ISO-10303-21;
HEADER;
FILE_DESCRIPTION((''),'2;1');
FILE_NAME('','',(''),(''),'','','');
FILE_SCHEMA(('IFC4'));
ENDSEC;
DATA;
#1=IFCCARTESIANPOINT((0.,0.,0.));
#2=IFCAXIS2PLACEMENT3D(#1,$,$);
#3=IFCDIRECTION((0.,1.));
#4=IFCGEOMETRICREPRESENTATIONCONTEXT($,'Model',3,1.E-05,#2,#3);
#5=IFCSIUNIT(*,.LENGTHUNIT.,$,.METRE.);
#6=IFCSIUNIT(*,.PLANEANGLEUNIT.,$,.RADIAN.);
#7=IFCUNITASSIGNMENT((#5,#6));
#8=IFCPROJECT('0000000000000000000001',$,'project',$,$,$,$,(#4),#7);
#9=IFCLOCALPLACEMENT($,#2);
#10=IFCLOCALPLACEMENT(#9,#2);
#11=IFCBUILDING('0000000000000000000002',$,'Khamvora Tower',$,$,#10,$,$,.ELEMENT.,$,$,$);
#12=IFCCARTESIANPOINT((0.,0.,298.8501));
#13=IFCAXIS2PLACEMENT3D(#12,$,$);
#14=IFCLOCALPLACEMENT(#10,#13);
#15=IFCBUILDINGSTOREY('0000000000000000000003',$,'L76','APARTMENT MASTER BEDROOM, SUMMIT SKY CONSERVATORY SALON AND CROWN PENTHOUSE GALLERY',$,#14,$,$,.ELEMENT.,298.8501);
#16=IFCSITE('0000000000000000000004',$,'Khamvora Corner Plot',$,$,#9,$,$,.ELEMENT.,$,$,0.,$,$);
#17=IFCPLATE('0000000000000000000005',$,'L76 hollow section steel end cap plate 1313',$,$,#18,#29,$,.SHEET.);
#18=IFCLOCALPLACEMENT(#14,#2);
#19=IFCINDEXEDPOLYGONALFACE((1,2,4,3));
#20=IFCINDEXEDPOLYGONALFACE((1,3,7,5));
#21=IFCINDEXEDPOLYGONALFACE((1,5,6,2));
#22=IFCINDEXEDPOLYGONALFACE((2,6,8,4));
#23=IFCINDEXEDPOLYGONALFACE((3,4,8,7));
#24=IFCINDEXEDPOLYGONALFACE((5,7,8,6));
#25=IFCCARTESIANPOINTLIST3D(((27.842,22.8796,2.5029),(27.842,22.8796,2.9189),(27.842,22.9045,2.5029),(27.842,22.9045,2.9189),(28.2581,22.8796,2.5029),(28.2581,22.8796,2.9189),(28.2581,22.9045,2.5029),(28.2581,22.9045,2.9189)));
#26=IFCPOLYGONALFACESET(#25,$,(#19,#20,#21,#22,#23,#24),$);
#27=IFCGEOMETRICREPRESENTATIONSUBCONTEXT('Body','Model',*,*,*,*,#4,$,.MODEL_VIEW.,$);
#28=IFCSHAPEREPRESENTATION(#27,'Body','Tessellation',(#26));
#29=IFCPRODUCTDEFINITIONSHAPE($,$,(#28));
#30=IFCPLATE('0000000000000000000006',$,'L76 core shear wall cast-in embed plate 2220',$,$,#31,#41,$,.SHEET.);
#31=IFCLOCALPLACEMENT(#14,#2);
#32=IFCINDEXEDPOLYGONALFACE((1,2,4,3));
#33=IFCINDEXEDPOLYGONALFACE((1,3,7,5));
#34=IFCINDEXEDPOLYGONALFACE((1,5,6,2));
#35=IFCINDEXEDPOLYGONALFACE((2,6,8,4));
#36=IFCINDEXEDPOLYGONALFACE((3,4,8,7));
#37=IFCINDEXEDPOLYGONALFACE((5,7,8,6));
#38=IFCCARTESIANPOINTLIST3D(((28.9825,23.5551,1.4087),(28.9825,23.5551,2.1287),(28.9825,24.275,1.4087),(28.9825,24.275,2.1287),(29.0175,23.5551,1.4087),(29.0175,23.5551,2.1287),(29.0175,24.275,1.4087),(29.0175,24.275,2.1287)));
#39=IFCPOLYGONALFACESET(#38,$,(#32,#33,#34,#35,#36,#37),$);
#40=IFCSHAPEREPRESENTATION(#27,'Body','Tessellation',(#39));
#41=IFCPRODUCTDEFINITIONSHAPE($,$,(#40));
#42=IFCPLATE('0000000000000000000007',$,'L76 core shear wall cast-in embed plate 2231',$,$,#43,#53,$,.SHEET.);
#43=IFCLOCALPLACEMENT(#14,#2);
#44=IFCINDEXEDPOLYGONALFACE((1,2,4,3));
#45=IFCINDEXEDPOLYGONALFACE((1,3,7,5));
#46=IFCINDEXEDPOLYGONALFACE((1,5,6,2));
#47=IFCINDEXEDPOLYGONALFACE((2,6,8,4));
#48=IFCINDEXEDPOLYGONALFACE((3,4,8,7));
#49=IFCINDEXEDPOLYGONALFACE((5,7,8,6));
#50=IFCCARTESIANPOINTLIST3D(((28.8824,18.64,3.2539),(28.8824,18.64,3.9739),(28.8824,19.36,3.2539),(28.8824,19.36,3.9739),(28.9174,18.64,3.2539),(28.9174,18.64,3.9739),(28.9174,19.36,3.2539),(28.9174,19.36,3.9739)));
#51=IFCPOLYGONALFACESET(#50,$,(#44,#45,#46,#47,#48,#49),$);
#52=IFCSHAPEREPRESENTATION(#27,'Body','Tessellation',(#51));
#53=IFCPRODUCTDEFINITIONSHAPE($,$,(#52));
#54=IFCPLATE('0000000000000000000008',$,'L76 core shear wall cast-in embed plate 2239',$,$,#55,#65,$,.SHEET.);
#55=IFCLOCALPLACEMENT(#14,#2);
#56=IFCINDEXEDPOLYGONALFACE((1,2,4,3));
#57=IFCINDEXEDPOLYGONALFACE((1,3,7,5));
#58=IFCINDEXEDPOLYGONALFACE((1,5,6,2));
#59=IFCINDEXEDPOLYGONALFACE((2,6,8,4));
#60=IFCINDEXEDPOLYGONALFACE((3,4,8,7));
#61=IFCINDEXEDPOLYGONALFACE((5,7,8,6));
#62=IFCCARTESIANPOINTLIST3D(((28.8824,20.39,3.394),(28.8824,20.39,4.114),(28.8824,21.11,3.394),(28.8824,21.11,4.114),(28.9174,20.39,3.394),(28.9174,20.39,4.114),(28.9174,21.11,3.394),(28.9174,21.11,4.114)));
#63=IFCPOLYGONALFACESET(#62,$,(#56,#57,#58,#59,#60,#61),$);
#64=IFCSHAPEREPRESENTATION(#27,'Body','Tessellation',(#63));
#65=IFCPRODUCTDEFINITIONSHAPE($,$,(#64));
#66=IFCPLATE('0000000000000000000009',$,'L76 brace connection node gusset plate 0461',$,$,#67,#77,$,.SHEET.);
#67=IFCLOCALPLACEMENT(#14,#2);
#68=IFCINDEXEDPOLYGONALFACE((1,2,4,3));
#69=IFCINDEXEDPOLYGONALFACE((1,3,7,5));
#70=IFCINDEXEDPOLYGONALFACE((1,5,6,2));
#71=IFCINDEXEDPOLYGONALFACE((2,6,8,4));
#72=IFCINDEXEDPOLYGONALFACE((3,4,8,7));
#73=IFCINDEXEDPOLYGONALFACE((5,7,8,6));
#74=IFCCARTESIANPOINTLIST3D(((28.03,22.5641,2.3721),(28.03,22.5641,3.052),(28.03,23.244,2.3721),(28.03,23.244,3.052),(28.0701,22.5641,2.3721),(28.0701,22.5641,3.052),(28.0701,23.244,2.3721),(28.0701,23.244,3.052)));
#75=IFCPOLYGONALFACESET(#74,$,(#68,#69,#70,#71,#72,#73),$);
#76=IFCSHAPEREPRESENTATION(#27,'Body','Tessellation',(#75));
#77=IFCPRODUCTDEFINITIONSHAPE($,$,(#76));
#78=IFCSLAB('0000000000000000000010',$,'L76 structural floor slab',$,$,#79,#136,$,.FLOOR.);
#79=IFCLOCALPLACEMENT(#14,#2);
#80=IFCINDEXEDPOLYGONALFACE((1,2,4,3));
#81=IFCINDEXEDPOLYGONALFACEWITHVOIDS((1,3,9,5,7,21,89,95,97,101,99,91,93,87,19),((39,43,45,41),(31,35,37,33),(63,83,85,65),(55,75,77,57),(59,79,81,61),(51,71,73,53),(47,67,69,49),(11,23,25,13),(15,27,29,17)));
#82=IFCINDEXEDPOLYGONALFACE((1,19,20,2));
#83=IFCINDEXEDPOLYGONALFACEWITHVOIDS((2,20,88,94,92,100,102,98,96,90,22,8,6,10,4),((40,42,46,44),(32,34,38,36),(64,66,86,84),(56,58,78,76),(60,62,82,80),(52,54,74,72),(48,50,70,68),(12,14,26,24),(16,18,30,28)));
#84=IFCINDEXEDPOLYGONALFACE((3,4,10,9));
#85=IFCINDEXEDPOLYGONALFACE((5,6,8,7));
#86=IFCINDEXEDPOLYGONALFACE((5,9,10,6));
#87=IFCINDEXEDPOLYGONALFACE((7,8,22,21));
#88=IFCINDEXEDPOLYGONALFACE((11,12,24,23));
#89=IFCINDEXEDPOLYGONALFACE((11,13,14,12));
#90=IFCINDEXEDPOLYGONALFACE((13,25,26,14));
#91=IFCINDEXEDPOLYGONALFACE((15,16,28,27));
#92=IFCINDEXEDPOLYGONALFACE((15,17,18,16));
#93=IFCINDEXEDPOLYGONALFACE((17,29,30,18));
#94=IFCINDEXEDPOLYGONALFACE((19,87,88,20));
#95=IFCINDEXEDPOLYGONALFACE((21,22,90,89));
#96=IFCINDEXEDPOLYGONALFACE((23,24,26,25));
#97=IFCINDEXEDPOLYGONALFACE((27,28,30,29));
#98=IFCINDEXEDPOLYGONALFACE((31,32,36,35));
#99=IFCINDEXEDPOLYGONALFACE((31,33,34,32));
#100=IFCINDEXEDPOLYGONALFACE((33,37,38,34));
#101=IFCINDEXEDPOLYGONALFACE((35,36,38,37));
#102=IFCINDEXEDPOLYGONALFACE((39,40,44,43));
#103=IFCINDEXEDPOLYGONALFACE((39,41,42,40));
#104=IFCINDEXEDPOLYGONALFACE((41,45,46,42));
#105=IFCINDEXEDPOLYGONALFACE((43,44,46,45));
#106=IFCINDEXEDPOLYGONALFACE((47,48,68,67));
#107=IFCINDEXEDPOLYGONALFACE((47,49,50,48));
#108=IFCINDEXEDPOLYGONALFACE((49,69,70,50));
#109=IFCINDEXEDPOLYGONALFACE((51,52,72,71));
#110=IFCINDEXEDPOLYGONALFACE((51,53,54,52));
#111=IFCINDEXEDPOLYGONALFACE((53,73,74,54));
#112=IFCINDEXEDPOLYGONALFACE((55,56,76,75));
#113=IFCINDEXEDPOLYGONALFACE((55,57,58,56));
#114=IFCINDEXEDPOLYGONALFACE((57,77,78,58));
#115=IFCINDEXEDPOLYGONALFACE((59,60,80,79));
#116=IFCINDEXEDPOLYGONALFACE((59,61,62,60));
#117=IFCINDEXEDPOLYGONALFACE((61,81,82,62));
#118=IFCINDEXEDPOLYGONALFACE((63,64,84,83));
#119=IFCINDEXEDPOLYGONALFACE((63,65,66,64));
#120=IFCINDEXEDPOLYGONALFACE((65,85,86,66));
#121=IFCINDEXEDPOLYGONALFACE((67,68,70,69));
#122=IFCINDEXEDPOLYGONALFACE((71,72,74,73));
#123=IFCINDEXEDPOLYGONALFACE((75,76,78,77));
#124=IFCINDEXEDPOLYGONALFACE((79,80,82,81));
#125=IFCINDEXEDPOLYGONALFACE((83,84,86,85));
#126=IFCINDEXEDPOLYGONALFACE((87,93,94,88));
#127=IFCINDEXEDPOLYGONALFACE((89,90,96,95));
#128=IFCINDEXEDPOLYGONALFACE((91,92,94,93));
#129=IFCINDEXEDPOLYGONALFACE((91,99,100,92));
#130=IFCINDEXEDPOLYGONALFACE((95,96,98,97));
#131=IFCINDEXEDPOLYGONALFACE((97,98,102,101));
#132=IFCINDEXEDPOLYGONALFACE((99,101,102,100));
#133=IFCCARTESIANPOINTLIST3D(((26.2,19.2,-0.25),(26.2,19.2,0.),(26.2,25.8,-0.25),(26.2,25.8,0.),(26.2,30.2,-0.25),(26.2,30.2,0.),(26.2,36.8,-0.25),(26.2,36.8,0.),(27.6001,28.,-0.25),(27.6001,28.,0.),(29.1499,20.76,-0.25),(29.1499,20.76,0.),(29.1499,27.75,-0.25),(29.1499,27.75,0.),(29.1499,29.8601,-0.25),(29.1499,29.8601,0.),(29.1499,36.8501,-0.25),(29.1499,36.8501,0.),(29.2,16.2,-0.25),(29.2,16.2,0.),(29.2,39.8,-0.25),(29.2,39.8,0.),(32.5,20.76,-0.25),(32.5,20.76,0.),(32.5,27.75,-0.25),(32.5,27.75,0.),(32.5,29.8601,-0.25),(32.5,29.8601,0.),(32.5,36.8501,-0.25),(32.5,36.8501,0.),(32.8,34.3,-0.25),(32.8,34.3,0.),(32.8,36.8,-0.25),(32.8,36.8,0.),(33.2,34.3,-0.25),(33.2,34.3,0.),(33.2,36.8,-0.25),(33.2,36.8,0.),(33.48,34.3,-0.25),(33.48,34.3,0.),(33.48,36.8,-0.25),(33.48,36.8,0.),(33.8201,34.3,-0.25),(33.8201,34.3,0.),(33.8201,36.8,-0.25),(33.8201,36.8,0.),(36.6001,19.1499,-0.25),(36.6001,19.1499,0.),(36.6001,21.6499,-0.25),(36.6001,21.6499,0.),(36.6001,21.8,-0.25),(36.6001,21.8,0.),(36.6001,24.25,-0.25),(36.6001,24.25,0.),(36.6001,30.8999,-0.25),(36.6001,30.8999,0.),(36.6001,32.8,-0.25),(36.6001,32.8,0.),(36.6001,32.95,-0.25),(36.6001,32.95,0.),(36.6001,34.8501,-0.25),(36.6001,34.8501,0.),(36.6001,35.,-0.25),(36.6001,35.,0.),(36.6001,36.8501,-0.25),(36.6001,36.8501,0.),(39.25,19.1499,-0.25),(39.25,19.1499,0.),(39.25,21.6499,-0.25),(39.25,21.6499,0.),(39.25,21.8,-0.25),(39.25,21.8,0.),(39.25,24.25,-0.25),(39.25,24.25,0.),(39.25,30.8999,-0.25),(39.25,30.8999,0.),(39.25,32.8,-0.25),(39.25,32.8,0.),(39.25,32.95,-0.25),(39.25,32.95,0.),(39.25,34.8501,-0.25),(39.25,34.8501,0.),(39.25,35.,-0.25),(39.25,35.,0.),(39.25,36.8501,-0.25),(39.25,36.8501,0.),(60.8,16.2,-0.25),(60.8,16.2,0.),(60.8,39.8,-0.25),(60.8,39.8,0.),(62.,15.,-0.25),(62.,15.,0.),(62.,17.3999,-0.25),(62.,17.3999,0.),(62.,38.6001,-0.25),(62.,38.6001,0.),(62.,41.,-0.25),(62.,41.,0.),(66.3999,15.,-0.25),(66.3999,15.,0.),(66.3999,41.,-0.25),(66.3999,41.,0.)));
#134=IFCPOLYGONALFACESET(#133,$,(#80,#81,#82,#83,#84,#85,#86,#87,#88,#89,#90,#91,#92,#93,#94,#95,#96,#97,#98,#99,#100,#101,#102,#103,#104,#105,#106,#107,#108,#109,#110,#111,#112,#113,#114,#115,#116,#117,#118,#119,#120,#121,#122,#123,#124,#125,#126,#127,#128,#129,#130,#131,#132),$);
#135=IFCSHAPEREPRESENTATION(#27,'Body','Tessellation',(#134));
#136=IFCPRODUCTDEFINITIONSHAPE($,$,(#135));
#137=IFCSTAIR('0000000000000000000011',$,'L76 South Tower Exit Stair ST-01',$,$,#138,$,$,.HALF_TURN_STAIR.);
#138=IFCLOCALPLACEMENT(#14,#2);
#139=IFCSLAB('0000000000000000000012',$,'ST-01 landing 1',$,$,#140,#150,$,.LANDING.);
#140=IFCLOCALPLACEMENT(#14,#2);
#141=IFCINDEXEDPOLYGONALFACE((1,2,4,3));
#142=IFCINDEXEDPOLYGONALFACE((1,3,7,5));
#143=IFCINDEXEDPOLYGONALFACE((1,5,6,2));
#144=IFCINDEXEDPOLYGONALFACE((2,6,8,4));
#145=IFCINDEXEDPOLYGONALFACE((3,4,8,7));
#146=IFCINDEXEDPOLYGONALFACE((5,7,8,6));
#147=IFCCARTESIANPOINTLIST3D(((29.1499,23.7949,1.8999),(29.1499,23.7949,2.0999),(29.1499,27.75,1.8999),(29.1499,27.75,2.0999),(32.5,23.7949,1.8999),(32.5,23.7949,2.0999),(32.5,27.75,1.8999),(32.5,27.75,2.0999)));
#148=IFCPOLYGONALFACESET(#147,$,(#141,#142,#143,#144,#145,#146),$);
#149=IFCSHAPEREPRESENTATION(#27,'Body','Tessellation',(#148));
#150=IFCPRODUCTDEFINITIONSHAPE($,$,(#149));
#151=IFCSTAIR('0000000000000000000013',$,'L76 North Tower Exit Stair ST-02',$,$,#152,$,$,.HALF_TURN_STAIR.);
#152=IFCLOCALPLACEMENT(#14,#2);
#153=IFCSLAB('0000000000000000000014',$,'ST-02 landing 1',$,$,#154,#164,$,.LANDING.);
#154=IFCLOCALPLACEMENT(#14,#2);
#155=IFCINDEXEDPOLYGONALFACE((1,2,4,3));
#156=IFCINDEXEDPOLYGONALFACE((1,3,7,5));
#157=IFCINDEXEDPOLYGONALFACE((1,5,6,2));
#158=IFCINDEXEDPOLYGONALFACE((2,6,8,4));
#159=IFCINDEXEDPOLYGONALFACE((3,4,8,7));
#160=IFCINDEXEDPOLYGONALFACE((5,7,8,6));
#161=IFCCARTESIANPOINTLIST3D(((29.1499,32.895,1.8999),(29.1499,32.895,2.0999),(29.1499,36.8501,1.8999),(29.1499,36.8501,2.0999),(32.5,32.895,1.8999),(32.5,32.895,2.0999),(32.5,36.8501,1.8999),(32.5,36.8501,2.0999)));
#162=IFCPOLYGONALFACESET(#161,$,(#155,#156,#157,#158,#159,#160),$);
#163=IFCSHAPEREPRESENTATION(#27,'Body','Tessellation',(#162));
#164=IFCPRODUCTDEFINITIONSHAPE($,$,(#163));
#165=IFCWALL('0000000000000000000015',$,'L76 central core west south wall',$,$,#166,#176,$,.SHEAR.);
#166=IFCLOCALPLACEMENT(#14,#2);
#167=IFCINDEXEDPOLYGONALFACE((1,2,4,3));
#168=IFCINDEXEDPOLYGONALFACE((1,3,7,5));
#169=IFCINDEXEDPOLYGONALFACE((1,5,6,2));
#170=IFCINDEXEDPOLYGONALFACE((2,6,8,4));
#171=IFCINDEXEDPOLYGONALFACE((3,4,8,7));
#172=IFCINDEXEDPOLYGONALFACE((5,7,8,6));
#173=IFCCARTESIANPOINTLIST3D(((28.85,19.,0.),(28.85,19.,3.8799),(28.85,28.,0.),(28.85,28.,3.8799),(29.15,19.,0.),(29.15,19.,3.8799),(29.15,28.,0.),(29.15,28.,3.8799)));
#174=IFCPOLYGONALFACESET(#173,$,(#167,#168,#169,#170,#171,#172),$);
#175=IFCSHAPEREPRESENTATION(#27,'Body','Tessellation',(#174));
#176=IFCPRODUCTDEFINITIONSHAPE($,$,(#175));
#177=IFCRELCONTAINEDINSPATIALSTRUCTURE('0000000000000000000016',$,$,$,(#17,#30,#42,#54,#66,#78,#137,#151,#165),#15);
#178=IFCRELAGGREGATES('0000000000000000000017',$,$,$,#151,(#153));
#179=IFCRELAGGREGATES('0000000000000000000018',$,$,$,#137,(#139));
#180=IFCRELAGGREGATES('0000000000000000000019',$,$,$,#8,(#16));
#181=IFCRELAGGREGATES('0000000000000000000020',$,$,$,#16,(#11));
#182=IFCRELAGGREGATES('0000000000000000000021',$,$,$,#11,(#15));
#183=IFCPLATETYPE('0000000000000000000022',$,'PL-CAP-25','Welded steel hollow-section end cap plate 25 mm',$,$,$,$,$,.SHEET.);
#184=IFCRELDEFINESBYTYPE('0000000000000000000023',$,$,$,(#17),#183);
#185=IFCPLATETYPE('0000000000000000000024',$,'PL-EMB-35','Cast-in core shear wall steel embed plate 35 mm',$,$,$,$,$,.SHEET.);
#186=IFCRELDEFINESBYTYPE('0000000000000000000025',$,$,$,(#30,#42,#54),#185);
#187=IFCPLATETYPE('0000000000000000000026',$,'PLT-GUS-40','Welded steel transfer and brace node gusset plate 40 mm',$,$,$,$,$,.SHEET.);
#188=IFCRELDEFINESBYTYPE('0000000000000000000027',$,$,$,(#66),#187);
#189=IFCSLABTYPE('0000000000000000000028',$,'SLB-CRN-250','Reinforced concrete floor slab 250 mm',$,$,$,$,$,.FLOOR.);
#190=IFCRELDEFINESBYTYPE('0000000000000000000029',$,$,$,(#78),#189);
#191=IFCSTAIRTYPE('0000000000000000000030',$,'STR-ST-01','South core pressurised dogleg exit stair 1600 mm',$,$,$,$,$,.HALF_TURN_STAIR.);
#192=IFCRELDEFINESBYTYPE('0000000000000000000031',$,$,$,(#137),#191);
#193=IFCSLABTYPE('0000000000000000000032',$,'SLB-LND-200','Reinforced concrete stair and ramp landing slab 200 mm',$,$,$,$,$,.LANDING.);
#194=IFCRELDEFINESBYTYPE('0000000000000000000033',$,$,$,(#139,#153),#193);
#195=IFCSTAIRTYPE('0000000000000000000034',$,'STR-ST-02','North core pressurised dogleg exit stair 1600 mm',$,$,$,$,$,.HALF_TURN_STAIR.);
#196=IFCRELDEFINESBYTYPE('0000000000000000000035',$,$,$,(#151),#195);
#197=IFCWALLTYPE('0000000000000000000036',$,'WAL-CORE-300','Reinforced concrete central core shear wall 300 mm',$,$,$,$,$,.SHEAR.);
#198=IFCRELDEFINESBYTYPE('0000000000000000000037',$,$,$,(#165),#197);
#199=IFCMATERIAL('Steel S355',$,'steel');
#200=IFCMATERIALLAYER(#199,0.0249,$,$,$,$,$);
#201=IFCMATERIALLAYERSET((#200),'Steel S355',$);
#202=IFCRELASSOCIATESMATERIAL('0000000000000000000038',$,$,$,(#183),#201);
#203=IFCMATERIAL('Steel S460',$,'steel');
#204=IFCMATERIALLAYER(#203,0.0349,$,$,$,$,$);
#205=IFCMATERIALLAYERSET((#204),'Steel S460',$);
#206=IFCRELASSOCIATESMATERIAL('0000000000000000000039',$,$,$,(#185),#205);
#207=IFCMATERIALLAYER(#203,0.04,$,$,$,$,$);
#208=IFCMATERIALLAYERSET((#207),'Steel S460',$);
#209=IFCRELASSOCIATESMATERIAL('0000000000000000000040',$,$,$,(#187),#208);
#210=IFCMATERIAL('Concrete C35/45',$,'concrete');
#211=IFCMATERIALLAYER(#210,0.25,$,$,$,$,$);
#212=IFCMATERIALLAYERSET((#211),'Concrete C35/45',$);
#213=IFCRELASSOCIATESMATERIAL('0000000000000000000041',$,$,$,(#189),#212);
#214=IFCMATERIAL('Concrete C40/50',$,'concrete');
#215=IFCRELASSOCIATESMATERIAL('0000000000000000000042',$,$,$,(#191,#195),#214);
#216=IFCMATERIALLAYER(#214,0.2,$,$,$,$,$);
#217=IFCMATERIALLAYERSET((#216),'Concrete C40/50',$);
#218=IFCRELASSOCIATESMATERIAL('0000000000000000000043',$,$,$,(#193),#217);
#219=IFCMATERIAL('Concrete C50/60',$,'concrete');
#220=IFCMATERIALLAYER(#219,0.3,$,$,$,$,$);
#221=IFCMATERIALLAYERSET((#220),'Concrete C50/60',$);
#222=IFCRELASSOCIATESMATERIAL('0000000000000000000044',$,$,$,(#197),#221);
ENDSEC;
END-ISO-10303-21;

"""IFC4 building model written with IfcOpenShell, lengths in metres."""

from ifc_helpers import new_model, si_unit, direction, frame, frame_2d, origin, origin_2d, place, context, subcontext, project, spatial, polyline, rectangle, outline, extrude, material, layer, layer_set, type_object, element, aggregate, save


model = new_model("IFC4")

# Units and contexts
model_context = context("Model", 3, precision=1e-05, world=origin(), true_north=direction((0.0, 1.0)))
body_context = subcontext(model_context, "Body", "Model", "MODEL_VIEW")
ifc_project = project(units=[si_unit("LENGTHUNIT", "METRE"), si_unit("PLANEANGLEUNIT", "RADIAN")], contexts=[model_context])

# Site, building, storey
site_placement = place(None, origin())
site = spatial("IfcSite", under=ifc_project, at=site_placement, Name="Khamvora Corner Plot", CompositionType="ELEMENT", RefElevation=0.0)
building_placement = place(site_placement, origin())
building = spatial("IfcBuilding", under=site, at=building_placement, Name="Khamvora Tower", CompositionType="ELEMENT")
storey_placement = place(building_placement, frame((0.0, 0.0, 298.8501)))
storey = spatial("IfcBuildingStorey", under=building, at=storey_placement, Name="L76", Description="APARTMENT MASTER BEDROOM, SUMMIT SKY CONSERVATORY SALON AND CROWN PENTHOUSE GALLERY", CompositionType="ELEMENT", Elevation=298.8501)

# Shared definitions
ifc_material_1 = material(Name="Steel S355", Category="steel")

# Plates
ifc_layer_1 = layer(ifc_material_1, 0.0249)
ifc_layer_set_1 = layer_set([ifc_layer_1], Name="Steel S355")
plate_type_1 = type_object("IfcPlateType", Name="PL-CAP-25", Description="Welded steel hollow-section end cap plate 25 mm", PredefinedType="SHEET", material=ifc_layer_set_1)
plate_1_placement = place(storey_placement, frame((28.05, 22.8921, 2.5029), z_axis=(0.0, 0.0, 1.0), x_axis=(0.0, 1.0, 0.0)))
element("IfcPlate", 1, at=plate_1_placement, inside=storey, type_object=plate_type_1, Name="L76 hollow section steel end cap plate 1313", PredefinedType="SHEET", context=body_context, shape_type="SweptSolid", body=[
    extrude(rectangle(XDim=0.0249, YDim=0.416, at=origin_2d()), origin(), (0.0, 0.0, 1.0), 0.416),
])
ifc_material_2 = material(Name="Steel S460", Category="steel")
ifc_layer_2 = layer(ifc_material_2, 0.0349)
ifc_layer_set_2 = layer_set([ifc_layer_2], Name="Steel S460")
plate_type_2 = type_object("IfcPlateType", Name="PL-EMB-35", Description="Cast-in core shear wall steel embed plate 35 mm", PredefinedType="SHEET", material=ifc_layer_set_2)
for number, where, z_axis, x_axis, name in (
    (2, (29.0, 23.915, 1.4087), (0.0, 0.0, 1.0), (1.0, 0.0, 0.0), "L76 core shear wall cast-in embed plate 2220"),
    (3, (28.8999, 19.0, 3.2539), (0.0, 0.0, 1.0), (1.0, 0.0, 0.0), "L76 core shear wall cast-in embed plate 2231"),
    (4, (28.8999, 20.75, 3.394), (0.0, 0.0, 1.0), (1.0, 0.0, 0.0), "L76 core shear wall cast-in embed plate 2239"),
):
    element("IfcPlate", number, at=place(storey_placement, frame(where, z_axis=z_axis, x_axis=x_axis)), inside=storey, type_object=plate_type_2, Name=name, PredefinedType="SHEET", context=body_context, shape_type="SweptSolid", body=[
        extrude(rectangle(XDim=0.0349, YDim=0.72, at=origin_2d()), origin(), (0.0, 0.0, 1.0), 0.72),
    ])
ifc_layer_3 = layer(ifc_material_2, 0.04)
ifc_layer_set_3 = layer_set([ifc_layer_3], Name="Steel S460")
plate_type_3 = type_object("IfcPlateType", Name="PLT-GUS-40", Description="Welded steel transfer and brace node gusset plate 40 mm", PredefinedType="SHEET", material=ifc_layer_set_3)
plate_2_placement = place(storey_placement, frame((28.05, 22.9041, 2.3721), z_axis=(0.0, 0.0, 1.0), x_axis=(0.0, 1.0, 0.0)))
element("IfcPlate", 5, at=plate_2_placement, inside=storey, type_object=plate_type_3, Name="L76 brace connection node gusset plate 0461", PredefinedType="SHEET", context=body_context, shape_type="SweptSolid", body=[
    extrude(rectangle(XDim=0.6799, YDim=0.04, at=origin_2d()), origin(), (0.0, 0.0, 1.0), 0.6799),
])

# Slab
ifc_material_3 = material(Name="Concrete C35/45", Category="concrete")
ifc_layer_4 = layer(ifc_material_3, 0.25)
ifc_layer_set_4 = layer_set([ifc_layer_4], Name="Concrete C35/45")
slab_type_1 = type_object("IfcSlabType", Name="SLB-CRN-250", Description="Reinforced concrete floor slab 250 mm", PredefinedType="FLOOR", material=ifc_layer_set_4)
slab_1_placement = place(storey_placement, frame((0.0, 0.0, -0.25)))
element("IfcSlab", 6, at=slab_1_placement, inside=storey, type_object=slab_type_1, Name="L76 structural floor slab", PredefinedType="FLOOR", context=body_context, shape_type="SweptSolid", body=[
    extrude(outline(polyline([(60.8, 16.2), (29.2, 16.2), (26.2, 19.2), (26.2, 25.8), (27.6001, 28.0), (26.2, 30.2), (26.2, 36.8), (29.2, 39.8), (60.8, 39.8), (62.0, 38.6001), (62.0, 41.0), (66.3999, 41.0), (66.3999, 15.0), (62.0, 15.0), (62.0, 17.3999), (60.8, 16.2)]), holes=[polyline([(32.5, 20.76), (32.5, 27.75), (29.1499, 27.75), (29.1499, 20.76), (32.5, 20.76)]), polyline([(32.5, 29.8601), (32.5, 36.8501), (29.1499, 36.8501), (29.1499, 29.8601), (32.5, 29.8601)]), polyline([(36.6001, 19.1499), (39.25, 19.1499), (39.25, 21.6499), (36.6001, 21.6499), (36.6001, 19.1499)]), polyline([(36.6001, 21.8), (39.25, 21.8), (39.25, 24.25), (36.6001, 24.25), (36.6001, 21.8)]), polyline([(36.6001, 30.8999), (39.25, 30.8999), (39.25, 32.8), (36.6001, 32.8), (36.6001, 30.8999)]), polyline([(36.6001, 32.95), (39.25, 32.95), (39.25, 34.8501), (36.6001, 34.8501), (36.6001, 32.95)]), polyline([(36.6001, 35.0), (39.25, 35.0), (39.25, 36.8501), (36.6001, 36.8501), (36.6001, 35.0)]), polyline([(32.8, 34.3), (33.2, 34.3), (33.2, 36.8), (32.8, 36.8), (32.8, 34.3)]), polyline([(33.48, 34.3), (33.8201, 34.3), (33.8201, 36.8), (33.48, 36.8), (33.48, 34.3)])]), origin(), (0.0, 0.0, 1.0), 0.25),
])

# Stairs, slabs
ifc_material_4 = material(Name="Concrete C40/50", Category="concrete")
stair_type_1 = type_object("IfcStairType", Name="STR-ST-01", Description="South core pressurised dogleg exit stair 1600 mm", PredefinedType="HALF_TURN_STAIR", material=ifc_material_4)
stair_1_placement = place(storey_placement, origin())
stair_1 = element("IfcStair", 7, at=stair_1_placement, inside=storey, type_object=stair_type_1, Name="L76 South Tower Exit Stair ST-01", PredefinedType="HALF_TURN_STAIR")
ifc_layer_5 = layer(ifc_material_4, 0.2)
ifc_layer_set_5 = layer_set([ifc_layer_5], Name="Concrete C40/50")
slab_type_2 = type_object("IfcSlabType", Name="SLB-LND-200", Description="Reinforced concrete stair and ramp landing slab 200 mm", PredefinedType="LANDING", material=ifc_layer_set_5)
slab_2_placement = place(storey_placement, frame((0.0, 0.0, 1.8999)))
slab_2 = element("IfcSlab", 8, at=slab_2_placement, type_object=slab_type_2, Name="ST-01 landing 1", PredefinedType="LANDING", context=body_context, shape_type="SweptSolid", body=[
    extrude(outline(polyline([(32.5, 23.7949), (32.5, 27.75), (29.1499, 27.75), (29.1499, 23.7949), (32.5, 23.7949)])), origin(), (0.0, 0.0, 1.0), 0.2),
])
stair_type_2 = type_object("IfcStairType", Name="STR-ST-02", Description="North core pressurised dogleg exit stair 1600 mm", PredefinedType="HALF_TURN_STAIR", material=ifc_material_4)
stair_2_placement = place(storey_placement, origin())
stair_2 = element("IfcStair", 9, at=stair_2_placement, inside=storey, type_object=stair_type_2, Name="L76 North Tower Exit Stair ST-02", PredefinedType="HALF_TURN_STAIR")
slab_3_placement = place(storey_placement, frame((0.0, 0.0, 1.8999)))
slab_3 = element("IfcSlab", 10, at=slab_3_placement, type_object=slab_type_2, Name="ST-02 landing 1", PredefinedType="LANDING", context=body_context, shape_type="SweptSolid", body=[
    extrude(outline(polyline([(32.5, 32.895), (32.5, 36.8501), (29.1499, 36.8501), (29.1499, 32.895), (32.5, 32.895)])), origin(), (0.0, 0.0, 1.0), 0.2),
])
aggregate(stair_2, [slab_3])

# Wall
ifc_material_5 = material(Name="Concrete C50/60", Category="concrete")
ifc_layer_6 = layer(ifc_material_5, 0.3)
ifc_layer_set_6 = layer_set([ifc_layer_6], Name="Concrete C50/60")
wall_type_1 = type_object("IfcWallType", Name="WAL-CORE-300", Description="Reinforced concrete central core shear wall 300 mm", PredefinedType="SHEAR", material=ifc_layer_set_6)
wall_1_placement = place(storey_placement, frame((29.0, 19.0, 0.0), z_axis=(0.0, 0.0, 1.0), x_axis=(0.0, 1.0, 0.0)))
element("IfcWall", 11, at=wall_1_placement, inside=storey, type_object=wall_type_1, Name="L76 central core west south wall", PredefinedType="SHEAR", context=body_context, shape_type="SweptSolid", body=[
    extrude(rectangle(XDim=9.0, YDim=0.3, at=frame_2d((4.5, 0.0))), origin(), (0.0, 0.0, 1.0), 3.8799),
])

aggregate(stair_1, [slab_2])

save(model, "model.ifc")
